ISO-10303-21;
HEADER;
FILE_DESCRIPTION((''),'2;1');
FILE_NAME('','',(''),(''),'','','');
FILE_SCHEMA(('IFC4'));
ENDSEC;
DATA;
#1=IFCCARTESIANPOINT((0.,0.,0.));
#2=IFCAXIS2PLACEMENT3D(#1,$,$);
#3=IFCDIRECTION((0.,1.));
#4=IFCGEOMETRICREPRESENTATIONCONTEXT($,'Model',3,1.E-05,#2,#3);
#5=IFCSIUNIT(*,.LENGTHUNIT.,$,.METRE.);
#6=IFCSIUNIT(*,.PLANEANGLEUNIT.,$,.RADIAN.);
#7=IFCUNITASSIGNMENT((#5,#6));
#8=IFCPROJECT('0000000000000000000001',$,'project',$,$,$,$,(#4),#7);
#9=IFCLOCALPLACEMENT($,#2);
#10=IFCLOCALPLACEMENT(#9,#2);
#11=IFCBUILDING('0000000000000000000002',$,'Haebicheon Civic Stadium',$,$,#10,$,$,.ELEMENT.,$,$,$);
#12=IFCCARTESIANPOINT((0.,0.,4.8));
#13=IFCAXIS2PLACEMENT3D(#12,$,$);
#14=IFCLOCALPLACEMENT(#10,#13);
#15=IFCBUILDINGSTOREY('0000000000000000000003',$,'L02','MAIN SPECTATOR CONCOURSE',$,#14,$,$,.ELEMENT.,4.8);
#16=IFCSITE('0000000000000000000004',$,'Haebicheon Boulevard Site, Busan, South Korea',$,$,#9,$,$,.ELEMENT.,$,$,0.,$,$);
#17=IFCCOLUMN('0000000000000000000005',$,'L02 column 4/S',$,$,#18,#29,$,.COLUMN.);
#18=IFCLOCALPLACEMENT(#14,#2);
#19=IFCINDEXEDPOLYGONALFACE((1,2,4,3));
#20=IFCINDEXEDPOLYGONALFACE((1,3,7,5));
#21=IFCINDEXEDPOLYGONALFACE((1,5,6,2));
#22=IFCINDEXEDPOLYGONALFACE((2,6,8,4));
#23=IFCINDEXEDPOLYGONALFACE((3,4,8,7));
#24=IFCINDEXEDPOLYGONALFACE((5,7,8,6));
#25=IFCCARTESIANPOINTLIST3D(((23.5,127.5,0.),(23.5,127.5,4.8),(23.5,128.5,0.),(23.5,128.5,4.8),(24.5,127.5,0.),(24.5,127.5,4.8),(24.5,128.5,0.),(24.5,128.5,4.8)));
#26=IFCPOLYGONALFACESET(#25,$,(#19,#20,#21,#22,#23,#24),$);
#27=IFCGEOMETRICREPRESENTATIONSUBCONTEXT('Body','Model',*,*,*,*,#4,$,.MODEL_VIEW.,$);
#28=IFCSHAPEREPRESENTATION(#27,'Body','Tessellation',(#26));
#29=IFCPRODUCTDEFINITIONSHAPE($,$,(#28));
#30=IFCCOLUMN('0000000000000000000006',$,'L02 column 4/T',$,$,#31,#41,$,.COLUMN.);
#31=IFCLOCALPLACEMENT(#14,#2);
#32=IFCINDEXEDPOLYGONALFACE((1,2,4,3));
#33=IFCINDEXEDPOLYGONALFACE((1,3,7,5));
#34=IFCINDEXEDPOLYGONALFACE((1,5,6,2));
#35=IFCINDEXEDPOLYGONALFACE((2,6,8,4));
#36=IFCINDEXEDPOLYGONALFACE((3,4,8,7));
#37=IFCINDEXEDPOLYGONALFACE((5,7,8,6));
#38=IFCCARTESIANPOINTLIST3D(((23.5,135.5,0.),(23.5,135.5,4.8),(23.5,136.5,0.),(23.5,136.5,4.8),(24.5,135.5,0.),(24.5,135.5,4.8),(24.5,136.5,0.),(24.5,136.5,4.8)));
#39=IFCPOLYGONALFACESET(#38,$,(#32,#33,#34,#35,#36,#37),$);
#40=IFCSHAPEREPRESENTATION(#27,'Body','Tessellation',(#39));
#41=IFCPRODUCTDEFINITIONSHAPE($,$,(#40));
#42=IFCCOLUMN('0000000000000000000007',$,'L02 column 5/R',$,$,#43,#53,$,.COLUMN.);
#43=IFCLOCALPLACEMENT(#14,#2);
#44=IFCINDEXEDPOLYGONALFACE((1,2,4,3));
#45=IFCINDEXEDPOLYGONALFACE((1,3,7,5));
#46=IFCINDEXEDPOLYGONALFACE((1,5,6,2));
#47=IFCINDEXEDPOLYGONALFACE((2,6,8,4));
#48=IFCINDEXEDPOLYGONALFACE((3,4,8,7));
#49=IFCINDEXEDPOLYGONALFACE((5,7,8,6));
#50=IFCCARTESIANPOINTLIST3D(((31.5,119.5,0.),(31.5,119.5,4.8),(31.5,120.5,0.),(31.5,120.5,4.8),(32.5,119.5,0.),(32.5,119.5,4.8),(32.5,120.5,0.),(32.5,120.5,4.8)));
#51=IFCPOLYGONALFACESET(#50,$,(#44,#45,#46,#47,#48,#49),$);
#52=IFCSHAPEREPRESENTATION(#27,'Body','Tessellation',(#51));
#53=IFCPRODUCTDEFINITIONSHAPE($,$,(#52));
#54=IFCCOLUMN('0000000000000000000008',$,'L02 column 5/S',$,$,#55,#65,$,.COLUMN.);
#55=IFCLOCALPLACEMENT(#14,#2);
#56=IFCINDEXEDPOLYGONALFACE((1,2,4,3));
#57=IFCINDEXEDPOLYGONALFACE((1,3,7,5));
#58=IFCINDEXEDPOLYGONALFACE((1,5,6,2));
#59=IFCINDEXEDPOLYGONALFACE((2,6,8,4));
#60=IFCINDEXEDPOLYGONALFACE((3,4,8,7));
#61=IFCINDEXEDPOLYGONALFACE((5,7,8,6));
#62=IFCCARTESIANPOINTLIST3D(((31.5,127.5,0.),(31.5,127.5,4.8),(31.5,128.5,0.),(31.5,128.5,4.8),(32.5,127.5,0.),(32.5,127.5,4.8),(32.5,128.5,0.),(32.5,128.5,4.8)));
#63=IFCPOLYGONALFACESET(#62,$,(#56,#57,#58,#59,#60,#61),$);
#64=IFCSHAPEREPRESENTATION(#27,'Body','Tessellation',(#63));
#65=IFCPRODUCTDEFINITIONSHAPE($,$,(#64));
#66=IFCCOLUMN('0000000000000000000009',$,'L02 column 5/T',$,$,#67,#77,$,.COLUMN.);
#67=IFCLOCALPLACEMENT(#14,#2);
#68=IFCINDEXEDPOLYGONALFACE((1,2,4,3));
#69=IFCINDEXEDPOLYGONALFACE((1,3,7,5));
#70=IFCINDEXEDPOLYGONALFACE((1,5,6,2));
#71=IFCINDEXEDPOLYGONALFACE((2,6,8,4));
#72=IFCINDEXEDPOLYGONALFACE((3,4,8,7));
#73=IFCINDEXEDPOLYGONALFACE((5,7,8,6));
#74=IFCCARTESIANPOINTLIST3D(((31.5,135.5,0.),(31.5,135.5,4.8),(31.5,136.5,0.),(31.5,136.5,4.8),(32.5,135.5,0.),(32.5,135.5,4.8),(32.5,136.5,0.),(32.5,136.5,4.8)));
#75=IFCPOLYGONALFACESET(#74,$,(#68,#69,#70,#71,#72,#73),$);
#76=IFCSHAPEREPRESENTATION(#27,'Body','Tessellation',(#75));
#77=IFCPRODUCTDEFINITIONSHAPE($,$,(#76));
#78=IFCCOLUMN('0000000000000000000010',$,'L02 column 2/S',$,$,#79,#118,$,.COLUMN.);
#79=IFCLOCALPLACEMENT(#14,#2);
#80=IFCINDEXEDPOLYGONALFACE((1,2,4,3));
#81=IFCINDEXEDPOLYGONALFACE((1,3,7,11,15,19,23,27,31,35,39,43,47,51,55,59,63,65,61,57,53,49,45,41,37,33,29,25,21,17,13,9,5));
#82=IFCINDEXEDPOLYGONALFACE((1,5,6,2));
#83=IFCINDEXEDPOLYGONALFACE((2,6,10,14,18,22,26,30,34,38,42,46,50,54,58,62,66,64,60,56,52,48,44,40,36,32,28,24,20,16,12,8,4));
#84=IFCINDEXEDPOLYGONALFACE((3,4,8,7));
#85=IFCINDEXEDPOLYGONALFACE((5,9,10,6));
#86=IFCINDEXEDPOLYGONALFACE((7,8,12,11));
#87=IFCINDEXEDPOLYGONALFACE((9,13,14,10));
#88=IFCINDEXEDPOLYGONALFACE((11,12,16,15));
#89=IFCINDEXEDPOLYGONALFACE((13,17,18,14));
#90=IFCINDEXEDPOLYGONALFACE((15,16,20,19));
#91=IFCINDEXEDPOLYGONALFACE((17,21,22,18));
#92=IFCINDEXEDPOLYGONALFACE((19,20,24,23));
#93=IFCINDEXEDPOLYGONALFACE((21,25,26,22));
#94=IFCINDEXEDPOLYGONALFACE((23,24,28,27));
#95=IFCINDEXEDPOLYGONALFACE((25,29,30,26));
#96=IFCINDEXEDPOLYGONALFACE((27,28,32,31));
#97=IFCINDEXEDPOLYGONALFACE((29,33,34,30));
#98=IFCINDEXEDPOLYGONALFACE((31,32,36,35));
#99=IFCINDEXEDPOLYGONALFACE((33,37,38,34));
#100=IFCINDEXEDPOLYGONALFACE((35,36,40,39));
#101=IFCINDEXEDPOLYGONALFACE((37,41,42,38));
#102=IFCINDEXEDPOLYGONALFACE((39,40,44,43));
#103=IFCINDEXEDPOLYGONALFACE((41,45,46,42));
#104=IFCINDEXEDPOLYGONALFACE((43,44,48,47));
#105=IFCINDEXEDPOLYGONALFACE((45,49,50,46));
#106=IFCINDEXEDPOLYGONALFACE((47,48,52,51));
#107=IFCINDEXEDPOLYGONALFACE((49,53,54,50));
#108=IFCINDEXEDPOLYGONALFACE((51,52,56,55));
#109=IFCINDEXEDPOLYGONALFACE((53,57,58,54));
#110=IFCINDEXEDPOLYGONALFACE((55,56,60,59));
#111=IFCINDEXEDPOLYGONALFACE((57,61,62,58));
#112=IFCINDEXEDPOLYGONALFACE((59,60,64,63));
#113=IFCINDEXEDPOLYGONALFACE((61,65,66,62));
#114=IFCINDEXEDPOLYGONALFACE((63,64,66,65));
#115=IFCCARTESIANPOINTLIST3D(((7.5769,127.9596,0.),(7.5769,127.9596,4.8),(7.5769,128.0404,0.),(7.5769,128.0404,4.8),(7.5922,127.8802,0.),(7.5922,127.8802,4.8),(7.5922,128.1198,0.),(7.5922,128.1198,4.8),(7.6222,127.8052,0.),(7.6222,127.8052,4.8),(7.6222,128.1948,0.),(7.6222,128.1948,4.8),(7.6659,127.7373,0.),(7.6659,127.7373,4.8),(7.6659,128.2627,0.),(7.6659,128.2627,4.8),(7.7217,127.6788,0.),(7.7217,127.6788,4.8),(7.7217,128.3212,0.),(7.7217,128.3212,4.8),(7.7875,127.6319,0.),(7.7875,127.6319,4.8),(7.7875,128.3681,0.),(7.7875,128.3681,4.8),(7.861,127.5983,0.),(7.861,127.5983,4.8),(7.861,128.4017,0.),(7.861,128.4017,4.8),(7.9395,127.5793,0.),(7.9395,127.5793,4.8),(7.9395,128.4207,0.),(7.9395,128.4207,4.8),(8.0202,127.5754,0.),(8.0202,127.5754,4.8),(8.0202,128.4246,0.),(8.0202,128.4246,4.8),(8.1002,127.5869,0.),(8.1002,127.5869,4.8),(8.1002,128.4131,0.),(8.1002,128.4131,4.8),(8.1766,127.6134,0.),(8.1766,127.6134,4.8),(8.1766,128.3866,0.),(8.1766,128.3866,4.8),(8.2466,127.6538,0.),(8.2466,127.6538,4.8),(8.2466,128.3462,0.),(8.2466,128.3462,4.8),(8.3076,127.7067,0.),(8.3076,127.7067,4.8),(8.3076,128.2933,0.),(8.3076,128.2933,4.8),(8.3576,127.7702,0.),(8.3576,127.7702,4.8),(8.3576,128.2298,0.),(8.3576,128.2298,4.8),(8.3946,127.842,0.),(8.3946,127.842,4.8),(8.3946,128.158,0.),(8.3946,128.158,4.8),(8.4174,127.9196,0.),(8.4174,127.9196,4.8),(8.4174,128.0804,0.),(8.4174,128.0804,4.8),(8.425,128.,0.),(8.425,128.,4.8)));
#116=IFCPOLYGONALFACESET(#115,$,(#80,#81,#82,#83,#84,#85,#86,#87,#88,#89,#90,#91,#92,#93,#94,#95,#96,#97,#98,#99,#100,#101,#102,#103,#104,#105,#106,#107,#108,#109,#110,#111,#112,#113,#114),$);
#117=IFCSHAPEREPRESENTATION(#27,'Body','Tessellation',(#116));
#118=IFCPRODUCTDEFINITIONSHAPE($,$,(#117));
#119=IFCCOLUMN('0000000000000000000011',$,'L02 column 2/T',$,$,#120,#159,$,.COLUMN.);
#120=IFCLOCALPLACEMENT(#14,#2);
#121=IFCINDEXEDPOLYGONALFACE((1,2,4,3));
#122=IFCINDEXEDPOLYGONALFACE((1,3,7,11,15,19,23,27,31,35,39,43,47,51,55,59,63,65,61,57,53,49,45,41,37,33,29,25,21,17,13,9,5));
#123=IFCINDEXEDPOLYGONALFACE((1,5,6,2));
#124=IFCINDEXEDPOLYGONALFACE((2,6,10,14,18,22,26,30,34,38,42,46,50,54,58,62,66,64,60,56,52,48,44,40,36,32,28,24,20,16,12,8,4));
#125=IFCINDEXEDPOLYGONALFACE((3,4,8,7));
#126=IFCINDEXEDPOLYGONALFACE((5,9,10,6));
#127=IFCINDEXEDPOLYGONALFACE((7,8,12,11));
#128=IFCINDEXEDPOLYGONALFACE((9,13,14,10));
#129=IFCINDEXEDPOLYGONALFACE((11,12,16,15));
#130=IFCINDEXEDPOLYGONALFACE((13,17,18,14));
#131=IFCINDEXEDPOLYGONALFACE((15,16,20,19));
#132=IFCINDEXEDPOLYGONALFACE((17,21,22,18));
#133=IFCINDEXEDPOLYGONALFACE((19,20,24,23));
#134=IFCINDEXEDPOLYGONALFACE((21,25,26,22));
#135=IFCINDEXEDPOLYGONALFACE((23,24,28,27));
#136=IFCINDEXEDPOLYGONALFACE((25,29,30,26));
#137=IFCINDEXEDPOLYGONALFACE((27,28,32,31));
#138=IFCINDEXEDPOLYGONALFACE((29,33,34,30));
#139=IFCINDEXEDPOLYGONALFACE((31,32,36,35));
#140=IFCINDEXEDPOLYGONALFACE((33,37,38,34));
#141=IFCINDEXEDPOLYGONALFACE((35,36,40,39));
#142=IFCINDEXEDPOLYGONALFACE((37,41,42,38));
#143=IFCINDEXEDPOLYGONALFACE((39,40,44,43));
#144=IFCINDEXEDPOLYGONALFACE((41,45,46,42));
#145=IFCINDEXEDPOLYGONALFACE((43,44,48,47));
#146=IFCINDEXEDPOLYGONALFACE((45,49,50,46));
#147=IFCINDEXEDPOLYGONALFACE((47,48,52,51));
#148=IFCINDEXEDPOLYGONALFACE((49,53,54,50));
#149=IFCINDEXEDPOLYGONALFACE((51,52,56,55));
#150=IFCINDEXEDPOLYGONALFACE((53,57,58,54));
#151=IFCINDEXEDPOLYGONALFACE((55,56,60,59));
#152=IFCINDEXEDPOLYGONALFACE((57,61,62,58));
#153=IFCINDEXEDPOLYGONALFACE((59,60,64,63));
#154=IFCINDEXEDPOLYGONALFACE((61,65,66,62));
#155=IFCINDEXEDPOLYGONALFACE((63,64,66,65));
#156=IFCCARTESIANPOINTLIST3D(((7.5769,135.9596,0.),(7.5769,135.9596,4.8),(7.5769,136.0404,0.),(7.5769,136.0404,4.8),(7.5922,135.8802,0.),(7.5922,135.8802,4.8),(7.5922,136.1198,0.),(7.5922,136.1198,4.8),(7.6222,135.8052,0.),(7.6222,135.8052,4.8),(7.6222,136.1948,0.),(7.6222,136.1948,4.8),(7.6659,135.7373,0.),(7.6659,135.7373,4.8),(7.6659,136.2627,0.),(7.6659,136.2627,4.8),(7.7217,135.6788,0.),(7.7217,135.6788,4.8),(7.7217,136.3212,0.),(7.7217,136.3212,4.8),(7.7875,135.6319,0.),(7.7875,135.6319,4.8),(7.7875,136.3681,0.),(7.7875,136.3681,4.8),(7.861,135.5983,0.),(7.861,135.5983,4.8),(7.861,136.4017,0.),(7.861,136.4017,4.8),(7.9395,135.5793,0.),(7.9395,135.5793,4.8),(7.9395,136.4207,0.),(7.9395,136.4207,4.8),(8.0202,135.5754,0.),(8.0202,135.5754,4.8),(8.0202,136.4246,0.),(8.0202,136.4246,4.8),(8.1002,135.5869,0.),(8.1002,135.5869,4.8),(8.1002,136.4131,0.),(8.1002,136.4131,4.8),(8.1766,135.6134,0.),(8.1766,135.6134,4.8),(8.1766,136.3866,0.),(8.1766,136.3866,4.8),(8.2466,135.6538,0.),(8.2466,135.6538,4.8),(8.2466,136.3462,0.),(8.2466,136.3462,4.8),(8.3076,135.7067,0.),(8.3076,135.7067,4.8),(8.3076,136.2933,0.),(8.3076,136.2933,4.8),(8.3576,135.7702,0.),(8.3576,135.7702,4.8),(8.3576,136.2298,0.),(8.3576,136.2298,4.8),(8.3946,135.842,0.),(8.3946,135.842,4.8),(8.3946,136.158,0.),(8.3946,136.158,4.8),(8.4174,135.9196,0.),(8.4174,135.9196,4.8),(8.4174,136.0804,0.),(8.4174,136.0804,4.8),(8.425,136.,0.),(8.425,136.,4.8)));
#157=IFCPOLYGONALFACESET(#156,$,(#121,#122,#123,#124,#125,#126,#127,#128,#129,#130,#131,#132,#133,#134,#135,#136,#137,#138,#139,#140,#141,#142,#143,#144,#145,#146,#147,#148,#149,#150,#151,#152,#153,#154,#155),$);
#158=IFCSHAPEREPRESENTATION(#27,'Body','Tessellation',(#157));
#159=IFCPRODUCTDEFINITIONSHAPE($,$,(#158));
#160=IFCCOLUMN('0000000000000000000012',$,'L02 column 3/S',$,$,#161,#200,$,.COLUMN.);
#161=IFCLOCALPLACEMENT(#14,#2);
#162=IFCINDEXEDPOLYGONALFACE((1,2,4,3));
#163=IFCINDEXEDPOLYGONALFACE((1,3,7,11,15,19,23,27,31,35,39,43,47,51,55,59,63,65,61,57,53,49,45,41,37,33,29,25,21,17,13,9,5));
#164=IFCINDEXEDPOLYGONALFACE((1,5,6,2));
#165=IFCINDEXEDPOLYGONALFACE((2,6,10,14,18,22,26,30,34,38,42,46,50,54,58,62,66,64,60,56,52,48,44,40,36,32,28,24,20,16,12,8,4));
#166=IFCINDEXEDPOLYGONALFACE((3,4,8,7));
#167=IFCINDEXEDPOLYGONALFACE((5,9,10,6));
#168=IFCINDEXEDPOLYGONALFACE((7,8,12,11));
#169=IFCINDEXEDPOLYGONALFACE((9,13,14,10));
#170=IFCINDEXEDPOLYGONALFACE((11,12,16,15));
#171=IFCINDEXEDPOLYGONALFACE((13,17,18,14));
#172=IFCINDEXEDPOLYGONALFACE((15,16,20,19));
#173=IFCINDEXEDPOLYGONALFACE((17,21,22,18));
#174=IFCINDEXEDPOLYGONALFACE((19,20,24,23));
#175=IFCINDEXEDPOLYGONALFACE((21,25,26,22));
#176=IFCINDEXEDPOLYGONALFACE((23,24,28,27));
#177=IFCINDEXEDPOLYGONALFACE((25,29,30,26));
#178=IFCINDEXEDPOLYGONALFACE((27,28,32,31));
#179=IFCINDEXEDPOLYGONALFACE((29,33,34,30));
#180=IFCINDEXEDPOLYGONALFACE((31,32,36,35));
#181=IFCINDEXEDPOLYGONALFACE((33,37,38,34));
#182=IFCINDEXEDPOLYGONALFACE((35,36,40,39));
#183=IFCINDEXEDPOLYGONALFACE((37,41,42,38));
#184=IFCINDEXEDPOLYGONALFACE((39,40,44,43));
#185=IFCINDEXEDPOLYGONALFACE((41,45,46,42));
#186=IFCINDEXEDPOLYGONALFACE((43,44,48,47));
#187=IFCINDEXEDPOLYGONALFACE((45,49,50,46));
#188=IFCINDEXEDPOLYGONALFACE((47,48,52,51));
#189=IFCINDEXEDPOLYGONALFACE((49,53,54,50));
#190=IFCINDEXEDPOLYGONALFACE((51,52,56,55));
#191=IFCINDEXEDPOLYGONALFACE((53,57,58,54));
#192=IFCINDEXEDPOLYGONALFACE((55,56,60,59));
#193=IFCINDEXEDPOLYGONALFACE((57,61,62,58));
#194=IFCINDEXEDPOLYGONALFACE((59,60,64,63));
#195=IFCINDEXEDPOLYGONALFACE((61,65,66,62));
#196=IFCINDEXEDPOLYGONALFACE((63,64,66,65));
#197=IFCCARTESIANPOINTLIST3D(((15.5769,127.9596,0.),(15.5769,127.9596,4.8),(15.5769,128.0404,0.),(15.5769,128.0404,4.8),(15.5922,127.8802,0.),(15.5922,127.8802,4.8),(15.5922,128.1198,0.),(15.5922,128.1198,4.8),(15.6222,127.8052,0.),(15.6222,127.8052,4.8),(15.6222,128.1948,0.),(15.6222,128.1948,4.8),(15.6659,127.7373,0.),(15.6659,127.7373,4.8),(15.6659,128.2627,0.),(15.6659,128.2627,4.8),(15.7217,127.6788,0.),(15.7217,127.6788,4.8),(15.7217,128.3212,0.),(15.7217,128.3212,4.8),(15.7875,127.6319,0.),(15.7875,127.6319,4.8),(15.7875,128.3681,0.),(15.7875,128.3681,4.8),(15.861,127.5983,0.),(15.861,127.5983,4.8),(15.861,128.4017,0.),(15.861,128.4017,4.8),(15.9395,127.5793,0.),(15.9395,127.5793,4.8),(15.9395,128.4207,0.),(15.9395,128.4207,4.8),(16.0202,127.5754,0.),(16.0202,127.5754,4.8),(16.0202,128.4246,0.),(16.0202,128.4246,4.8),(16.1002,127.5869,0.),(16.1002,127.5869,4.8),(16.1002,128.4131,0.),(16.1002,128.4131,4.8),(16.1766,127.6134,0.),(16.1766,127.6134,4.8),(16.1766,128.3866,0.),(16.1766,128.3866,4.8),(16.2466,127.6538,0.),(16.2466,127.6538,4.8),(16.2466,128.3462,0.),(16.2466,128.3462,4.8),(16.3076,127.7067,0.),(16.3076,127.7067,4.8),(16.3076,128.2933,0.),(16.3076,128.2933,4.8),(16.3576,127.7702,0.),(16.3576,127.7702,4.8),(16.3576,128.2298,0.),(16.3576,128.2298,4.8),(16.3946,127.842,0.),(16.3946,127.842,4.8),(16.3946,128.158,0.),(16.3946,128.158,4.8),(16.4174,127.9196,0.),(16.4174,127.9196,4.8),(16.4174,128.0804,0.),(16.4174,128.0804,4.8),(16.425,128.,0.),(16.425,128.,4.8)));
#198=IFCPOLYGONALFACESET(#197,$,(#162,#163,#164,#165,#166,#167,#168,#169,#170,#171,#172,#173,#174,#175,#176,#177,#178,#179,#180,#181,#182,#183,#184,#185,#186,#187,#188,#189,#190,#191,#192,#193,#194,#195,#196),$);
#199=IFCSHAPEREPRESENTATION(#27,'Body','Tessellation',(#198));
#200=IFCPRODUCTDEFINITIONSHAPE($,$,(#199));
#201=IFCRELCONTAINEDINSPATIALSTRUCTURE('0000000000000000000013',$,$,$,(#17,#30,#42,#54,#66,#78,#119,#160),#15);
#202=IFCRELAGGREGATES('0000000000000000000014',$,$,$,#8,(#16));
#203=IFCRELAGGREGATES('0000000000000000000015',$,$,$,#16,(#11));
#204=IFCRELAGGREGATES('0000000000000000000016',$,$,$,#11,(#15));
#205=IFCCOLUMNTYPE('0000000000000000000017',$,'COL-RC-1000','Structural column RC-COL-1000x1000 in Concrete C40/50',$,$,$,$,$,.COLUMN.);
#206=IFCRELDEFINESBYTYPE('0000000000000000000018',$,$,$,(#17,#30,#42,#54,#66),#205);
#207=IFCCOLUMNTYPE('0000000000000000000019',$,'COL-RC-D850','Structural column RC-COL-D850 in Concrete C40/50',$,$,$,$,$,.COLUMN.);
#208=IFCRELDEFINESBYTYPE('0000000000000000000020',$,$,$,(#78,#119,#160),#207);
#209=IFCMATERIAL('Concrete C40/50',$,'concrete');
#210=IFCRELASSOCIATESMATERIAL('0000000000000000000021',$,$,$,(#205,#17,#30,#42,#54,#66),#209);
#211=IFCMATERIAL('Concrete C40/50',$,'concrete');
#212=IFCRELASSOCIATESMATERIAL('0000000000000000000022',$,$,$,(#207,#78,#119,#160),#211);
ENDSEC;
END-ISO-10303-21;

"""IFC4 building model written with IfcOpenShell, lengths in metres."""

from ifc_helpers import new_model, si_unit, direction, frame, origin, origin_2d, place, context, subcontext, project, spatial, rectangle, circle, extrude, material, material_profile, profile_set, type_object, element, save


model = new_model("IFC4")

# Units and contexts
model_context = context("Model", 3, precision=1e-05, world=origin(), true_north=direction((0.0, 1.0)))
body_context = subcontext(model_context, "Body", "Model", "MODEL_VIEW")
ifc_project = project(units=[si_unit("LENGTHUNIT", "METRE"), si_unit("PLANEANGLEUNIT", "RADIAN")], contexts=[model_context])

# Site, building, storey
site_placement = place(None, origin())
site = spatial("IfcSite", under=ifc_project, at=site_placement, Name="Haebicheon Boulevard Site, Busan, South Korea", CompositionType="ELEMENT", RefElevation=0.0)
building_placement = place(site_placement, origin())
building = spatial("IfcBuilding", under=site, at=building_placement, Name="Haebicheon Civic Stadium", CompositionType="ELEMENT")
storey_placement = place(building_placement, frame((0.0, 0.0, 4.8)))
storey = spatial("IfcBuildingStorey", under=building, at=storey_placement, Name="L02", Description="MAIN SPECTATOR CONCOURSE", CompositionType="ELEMENT", Elevation=4.8)

# Columns
ifc_material_1 = material(Name="Concrete C40/50", Category="concrete")
ifc_material_profile_1 = material_profile(ifc_material_1, rectangle(XDim=1.0, YDim=1.0, at=origin_2d()), Name="RC-COL-1000x1000")
ifc_profile_set_1 = profile_set([ifc_material_profile_1], Name="Concrete C40/50")
column_type_1 = type_object("IfcColumnType", Name="COL-RC-1000", Description="Structural column RC-COL-1000x1000 in Concrete C40/50", PredefinedType="COLUMN", material=ifc_profile_set_1)
for number, where, z_axis, x_axis, name in (
    (1, (24.0, 128.0, 0.0), (0.0, 0.0, 1.0), (1.0, 0.0, 0.0), "L02 column 4/S"),
    (2, (24.0, 136.0, 0.0), (0.0, 0.0, 1.0), (1.0, 0.0, 0.0), "L02 column 4/T"),
    (3, (32.0, 120.0, 0.0), (0.0, 0.0, 1.0), (1.0, 0.0, 0.0), "L02 column 5/R"),
    (4, (32.0, 128.0, 0.0), (0.0, 0.0, 1.0), (1.0, 0.0, 0.0), "L02 column 5/S"),
    (5, (32.0, 136.0, 0.0), (0.0, 0.0, 1.0), (1.0, 0.0, 0.0), "L02 column 5/T"),
):
    element("IfcColumn", number, at=place(storey_placement, frame(where, z_axis=z_axis, x_axis=x_axis)), inside=storey, type_object=column_type_1, material=ifc_profile_set_1, Name=name, PredefinedType="COLUMN", context=body_context, shape_type="SweptSolid", body=[
        extrude(rectangle(XDim=1.0, YDim=1.0, at=origin_2d()), origin(), (0.0, 0.0, 1.0), 4.8),
    ])
ifc_material_2 = material(Name="Concrete C40/50", Category="concrete")
ifc_material_profile_2 = material_profile(ifc_material_2, circle(Radius=0.425, at=origin_2d()), Name="RC-COL-D850")
ifc_profile_set_2 = profile_set([ifc_material_profile_2], Name="Concrete C40/50")
column_type_2 = type_object("IfcColumnType", Name="COL-RC-D850", Description="Structural column RC-COL-D850 in Concrete C40/50", PredefinedType="COLUMN", material=ifc_profile_set_2)
for number, where, z_axis, x_axis, name in (
    (6, (8.0, 128.0, 0.0), (0.0, 0.0, 1.0), (1.0, 0.0, 0.0), "L02 column 2/S"),
    (7, (8.0, 136.0, 0.0), (0.0, 0.0, 1.0), (1.0, 0.0, 0.0), "L02 column 2/T"),
    (8, (16.0, 128.0, 0.0), (0.0, 0.0, 1.0), (1.0, 0.0, 0.0), "L02 column 3/S"),
):
    element("IfcColumn", number, at=place(storey_placement, frame(where, z_axis=z_axis, x_axis=x_axis)), inside=storey, type_object=column_type_2, material=ifc_profile_set_2, Name=name, PredefinedType="COLUMN", context=body_context, shape_type="SweptSolid", body=[
        extrude(circle(Radius=0.425, at=origin_2d()), origin(), (0.0, 0.0, 1.0), 4.8),
    ])

save(model, "model.ifc")
